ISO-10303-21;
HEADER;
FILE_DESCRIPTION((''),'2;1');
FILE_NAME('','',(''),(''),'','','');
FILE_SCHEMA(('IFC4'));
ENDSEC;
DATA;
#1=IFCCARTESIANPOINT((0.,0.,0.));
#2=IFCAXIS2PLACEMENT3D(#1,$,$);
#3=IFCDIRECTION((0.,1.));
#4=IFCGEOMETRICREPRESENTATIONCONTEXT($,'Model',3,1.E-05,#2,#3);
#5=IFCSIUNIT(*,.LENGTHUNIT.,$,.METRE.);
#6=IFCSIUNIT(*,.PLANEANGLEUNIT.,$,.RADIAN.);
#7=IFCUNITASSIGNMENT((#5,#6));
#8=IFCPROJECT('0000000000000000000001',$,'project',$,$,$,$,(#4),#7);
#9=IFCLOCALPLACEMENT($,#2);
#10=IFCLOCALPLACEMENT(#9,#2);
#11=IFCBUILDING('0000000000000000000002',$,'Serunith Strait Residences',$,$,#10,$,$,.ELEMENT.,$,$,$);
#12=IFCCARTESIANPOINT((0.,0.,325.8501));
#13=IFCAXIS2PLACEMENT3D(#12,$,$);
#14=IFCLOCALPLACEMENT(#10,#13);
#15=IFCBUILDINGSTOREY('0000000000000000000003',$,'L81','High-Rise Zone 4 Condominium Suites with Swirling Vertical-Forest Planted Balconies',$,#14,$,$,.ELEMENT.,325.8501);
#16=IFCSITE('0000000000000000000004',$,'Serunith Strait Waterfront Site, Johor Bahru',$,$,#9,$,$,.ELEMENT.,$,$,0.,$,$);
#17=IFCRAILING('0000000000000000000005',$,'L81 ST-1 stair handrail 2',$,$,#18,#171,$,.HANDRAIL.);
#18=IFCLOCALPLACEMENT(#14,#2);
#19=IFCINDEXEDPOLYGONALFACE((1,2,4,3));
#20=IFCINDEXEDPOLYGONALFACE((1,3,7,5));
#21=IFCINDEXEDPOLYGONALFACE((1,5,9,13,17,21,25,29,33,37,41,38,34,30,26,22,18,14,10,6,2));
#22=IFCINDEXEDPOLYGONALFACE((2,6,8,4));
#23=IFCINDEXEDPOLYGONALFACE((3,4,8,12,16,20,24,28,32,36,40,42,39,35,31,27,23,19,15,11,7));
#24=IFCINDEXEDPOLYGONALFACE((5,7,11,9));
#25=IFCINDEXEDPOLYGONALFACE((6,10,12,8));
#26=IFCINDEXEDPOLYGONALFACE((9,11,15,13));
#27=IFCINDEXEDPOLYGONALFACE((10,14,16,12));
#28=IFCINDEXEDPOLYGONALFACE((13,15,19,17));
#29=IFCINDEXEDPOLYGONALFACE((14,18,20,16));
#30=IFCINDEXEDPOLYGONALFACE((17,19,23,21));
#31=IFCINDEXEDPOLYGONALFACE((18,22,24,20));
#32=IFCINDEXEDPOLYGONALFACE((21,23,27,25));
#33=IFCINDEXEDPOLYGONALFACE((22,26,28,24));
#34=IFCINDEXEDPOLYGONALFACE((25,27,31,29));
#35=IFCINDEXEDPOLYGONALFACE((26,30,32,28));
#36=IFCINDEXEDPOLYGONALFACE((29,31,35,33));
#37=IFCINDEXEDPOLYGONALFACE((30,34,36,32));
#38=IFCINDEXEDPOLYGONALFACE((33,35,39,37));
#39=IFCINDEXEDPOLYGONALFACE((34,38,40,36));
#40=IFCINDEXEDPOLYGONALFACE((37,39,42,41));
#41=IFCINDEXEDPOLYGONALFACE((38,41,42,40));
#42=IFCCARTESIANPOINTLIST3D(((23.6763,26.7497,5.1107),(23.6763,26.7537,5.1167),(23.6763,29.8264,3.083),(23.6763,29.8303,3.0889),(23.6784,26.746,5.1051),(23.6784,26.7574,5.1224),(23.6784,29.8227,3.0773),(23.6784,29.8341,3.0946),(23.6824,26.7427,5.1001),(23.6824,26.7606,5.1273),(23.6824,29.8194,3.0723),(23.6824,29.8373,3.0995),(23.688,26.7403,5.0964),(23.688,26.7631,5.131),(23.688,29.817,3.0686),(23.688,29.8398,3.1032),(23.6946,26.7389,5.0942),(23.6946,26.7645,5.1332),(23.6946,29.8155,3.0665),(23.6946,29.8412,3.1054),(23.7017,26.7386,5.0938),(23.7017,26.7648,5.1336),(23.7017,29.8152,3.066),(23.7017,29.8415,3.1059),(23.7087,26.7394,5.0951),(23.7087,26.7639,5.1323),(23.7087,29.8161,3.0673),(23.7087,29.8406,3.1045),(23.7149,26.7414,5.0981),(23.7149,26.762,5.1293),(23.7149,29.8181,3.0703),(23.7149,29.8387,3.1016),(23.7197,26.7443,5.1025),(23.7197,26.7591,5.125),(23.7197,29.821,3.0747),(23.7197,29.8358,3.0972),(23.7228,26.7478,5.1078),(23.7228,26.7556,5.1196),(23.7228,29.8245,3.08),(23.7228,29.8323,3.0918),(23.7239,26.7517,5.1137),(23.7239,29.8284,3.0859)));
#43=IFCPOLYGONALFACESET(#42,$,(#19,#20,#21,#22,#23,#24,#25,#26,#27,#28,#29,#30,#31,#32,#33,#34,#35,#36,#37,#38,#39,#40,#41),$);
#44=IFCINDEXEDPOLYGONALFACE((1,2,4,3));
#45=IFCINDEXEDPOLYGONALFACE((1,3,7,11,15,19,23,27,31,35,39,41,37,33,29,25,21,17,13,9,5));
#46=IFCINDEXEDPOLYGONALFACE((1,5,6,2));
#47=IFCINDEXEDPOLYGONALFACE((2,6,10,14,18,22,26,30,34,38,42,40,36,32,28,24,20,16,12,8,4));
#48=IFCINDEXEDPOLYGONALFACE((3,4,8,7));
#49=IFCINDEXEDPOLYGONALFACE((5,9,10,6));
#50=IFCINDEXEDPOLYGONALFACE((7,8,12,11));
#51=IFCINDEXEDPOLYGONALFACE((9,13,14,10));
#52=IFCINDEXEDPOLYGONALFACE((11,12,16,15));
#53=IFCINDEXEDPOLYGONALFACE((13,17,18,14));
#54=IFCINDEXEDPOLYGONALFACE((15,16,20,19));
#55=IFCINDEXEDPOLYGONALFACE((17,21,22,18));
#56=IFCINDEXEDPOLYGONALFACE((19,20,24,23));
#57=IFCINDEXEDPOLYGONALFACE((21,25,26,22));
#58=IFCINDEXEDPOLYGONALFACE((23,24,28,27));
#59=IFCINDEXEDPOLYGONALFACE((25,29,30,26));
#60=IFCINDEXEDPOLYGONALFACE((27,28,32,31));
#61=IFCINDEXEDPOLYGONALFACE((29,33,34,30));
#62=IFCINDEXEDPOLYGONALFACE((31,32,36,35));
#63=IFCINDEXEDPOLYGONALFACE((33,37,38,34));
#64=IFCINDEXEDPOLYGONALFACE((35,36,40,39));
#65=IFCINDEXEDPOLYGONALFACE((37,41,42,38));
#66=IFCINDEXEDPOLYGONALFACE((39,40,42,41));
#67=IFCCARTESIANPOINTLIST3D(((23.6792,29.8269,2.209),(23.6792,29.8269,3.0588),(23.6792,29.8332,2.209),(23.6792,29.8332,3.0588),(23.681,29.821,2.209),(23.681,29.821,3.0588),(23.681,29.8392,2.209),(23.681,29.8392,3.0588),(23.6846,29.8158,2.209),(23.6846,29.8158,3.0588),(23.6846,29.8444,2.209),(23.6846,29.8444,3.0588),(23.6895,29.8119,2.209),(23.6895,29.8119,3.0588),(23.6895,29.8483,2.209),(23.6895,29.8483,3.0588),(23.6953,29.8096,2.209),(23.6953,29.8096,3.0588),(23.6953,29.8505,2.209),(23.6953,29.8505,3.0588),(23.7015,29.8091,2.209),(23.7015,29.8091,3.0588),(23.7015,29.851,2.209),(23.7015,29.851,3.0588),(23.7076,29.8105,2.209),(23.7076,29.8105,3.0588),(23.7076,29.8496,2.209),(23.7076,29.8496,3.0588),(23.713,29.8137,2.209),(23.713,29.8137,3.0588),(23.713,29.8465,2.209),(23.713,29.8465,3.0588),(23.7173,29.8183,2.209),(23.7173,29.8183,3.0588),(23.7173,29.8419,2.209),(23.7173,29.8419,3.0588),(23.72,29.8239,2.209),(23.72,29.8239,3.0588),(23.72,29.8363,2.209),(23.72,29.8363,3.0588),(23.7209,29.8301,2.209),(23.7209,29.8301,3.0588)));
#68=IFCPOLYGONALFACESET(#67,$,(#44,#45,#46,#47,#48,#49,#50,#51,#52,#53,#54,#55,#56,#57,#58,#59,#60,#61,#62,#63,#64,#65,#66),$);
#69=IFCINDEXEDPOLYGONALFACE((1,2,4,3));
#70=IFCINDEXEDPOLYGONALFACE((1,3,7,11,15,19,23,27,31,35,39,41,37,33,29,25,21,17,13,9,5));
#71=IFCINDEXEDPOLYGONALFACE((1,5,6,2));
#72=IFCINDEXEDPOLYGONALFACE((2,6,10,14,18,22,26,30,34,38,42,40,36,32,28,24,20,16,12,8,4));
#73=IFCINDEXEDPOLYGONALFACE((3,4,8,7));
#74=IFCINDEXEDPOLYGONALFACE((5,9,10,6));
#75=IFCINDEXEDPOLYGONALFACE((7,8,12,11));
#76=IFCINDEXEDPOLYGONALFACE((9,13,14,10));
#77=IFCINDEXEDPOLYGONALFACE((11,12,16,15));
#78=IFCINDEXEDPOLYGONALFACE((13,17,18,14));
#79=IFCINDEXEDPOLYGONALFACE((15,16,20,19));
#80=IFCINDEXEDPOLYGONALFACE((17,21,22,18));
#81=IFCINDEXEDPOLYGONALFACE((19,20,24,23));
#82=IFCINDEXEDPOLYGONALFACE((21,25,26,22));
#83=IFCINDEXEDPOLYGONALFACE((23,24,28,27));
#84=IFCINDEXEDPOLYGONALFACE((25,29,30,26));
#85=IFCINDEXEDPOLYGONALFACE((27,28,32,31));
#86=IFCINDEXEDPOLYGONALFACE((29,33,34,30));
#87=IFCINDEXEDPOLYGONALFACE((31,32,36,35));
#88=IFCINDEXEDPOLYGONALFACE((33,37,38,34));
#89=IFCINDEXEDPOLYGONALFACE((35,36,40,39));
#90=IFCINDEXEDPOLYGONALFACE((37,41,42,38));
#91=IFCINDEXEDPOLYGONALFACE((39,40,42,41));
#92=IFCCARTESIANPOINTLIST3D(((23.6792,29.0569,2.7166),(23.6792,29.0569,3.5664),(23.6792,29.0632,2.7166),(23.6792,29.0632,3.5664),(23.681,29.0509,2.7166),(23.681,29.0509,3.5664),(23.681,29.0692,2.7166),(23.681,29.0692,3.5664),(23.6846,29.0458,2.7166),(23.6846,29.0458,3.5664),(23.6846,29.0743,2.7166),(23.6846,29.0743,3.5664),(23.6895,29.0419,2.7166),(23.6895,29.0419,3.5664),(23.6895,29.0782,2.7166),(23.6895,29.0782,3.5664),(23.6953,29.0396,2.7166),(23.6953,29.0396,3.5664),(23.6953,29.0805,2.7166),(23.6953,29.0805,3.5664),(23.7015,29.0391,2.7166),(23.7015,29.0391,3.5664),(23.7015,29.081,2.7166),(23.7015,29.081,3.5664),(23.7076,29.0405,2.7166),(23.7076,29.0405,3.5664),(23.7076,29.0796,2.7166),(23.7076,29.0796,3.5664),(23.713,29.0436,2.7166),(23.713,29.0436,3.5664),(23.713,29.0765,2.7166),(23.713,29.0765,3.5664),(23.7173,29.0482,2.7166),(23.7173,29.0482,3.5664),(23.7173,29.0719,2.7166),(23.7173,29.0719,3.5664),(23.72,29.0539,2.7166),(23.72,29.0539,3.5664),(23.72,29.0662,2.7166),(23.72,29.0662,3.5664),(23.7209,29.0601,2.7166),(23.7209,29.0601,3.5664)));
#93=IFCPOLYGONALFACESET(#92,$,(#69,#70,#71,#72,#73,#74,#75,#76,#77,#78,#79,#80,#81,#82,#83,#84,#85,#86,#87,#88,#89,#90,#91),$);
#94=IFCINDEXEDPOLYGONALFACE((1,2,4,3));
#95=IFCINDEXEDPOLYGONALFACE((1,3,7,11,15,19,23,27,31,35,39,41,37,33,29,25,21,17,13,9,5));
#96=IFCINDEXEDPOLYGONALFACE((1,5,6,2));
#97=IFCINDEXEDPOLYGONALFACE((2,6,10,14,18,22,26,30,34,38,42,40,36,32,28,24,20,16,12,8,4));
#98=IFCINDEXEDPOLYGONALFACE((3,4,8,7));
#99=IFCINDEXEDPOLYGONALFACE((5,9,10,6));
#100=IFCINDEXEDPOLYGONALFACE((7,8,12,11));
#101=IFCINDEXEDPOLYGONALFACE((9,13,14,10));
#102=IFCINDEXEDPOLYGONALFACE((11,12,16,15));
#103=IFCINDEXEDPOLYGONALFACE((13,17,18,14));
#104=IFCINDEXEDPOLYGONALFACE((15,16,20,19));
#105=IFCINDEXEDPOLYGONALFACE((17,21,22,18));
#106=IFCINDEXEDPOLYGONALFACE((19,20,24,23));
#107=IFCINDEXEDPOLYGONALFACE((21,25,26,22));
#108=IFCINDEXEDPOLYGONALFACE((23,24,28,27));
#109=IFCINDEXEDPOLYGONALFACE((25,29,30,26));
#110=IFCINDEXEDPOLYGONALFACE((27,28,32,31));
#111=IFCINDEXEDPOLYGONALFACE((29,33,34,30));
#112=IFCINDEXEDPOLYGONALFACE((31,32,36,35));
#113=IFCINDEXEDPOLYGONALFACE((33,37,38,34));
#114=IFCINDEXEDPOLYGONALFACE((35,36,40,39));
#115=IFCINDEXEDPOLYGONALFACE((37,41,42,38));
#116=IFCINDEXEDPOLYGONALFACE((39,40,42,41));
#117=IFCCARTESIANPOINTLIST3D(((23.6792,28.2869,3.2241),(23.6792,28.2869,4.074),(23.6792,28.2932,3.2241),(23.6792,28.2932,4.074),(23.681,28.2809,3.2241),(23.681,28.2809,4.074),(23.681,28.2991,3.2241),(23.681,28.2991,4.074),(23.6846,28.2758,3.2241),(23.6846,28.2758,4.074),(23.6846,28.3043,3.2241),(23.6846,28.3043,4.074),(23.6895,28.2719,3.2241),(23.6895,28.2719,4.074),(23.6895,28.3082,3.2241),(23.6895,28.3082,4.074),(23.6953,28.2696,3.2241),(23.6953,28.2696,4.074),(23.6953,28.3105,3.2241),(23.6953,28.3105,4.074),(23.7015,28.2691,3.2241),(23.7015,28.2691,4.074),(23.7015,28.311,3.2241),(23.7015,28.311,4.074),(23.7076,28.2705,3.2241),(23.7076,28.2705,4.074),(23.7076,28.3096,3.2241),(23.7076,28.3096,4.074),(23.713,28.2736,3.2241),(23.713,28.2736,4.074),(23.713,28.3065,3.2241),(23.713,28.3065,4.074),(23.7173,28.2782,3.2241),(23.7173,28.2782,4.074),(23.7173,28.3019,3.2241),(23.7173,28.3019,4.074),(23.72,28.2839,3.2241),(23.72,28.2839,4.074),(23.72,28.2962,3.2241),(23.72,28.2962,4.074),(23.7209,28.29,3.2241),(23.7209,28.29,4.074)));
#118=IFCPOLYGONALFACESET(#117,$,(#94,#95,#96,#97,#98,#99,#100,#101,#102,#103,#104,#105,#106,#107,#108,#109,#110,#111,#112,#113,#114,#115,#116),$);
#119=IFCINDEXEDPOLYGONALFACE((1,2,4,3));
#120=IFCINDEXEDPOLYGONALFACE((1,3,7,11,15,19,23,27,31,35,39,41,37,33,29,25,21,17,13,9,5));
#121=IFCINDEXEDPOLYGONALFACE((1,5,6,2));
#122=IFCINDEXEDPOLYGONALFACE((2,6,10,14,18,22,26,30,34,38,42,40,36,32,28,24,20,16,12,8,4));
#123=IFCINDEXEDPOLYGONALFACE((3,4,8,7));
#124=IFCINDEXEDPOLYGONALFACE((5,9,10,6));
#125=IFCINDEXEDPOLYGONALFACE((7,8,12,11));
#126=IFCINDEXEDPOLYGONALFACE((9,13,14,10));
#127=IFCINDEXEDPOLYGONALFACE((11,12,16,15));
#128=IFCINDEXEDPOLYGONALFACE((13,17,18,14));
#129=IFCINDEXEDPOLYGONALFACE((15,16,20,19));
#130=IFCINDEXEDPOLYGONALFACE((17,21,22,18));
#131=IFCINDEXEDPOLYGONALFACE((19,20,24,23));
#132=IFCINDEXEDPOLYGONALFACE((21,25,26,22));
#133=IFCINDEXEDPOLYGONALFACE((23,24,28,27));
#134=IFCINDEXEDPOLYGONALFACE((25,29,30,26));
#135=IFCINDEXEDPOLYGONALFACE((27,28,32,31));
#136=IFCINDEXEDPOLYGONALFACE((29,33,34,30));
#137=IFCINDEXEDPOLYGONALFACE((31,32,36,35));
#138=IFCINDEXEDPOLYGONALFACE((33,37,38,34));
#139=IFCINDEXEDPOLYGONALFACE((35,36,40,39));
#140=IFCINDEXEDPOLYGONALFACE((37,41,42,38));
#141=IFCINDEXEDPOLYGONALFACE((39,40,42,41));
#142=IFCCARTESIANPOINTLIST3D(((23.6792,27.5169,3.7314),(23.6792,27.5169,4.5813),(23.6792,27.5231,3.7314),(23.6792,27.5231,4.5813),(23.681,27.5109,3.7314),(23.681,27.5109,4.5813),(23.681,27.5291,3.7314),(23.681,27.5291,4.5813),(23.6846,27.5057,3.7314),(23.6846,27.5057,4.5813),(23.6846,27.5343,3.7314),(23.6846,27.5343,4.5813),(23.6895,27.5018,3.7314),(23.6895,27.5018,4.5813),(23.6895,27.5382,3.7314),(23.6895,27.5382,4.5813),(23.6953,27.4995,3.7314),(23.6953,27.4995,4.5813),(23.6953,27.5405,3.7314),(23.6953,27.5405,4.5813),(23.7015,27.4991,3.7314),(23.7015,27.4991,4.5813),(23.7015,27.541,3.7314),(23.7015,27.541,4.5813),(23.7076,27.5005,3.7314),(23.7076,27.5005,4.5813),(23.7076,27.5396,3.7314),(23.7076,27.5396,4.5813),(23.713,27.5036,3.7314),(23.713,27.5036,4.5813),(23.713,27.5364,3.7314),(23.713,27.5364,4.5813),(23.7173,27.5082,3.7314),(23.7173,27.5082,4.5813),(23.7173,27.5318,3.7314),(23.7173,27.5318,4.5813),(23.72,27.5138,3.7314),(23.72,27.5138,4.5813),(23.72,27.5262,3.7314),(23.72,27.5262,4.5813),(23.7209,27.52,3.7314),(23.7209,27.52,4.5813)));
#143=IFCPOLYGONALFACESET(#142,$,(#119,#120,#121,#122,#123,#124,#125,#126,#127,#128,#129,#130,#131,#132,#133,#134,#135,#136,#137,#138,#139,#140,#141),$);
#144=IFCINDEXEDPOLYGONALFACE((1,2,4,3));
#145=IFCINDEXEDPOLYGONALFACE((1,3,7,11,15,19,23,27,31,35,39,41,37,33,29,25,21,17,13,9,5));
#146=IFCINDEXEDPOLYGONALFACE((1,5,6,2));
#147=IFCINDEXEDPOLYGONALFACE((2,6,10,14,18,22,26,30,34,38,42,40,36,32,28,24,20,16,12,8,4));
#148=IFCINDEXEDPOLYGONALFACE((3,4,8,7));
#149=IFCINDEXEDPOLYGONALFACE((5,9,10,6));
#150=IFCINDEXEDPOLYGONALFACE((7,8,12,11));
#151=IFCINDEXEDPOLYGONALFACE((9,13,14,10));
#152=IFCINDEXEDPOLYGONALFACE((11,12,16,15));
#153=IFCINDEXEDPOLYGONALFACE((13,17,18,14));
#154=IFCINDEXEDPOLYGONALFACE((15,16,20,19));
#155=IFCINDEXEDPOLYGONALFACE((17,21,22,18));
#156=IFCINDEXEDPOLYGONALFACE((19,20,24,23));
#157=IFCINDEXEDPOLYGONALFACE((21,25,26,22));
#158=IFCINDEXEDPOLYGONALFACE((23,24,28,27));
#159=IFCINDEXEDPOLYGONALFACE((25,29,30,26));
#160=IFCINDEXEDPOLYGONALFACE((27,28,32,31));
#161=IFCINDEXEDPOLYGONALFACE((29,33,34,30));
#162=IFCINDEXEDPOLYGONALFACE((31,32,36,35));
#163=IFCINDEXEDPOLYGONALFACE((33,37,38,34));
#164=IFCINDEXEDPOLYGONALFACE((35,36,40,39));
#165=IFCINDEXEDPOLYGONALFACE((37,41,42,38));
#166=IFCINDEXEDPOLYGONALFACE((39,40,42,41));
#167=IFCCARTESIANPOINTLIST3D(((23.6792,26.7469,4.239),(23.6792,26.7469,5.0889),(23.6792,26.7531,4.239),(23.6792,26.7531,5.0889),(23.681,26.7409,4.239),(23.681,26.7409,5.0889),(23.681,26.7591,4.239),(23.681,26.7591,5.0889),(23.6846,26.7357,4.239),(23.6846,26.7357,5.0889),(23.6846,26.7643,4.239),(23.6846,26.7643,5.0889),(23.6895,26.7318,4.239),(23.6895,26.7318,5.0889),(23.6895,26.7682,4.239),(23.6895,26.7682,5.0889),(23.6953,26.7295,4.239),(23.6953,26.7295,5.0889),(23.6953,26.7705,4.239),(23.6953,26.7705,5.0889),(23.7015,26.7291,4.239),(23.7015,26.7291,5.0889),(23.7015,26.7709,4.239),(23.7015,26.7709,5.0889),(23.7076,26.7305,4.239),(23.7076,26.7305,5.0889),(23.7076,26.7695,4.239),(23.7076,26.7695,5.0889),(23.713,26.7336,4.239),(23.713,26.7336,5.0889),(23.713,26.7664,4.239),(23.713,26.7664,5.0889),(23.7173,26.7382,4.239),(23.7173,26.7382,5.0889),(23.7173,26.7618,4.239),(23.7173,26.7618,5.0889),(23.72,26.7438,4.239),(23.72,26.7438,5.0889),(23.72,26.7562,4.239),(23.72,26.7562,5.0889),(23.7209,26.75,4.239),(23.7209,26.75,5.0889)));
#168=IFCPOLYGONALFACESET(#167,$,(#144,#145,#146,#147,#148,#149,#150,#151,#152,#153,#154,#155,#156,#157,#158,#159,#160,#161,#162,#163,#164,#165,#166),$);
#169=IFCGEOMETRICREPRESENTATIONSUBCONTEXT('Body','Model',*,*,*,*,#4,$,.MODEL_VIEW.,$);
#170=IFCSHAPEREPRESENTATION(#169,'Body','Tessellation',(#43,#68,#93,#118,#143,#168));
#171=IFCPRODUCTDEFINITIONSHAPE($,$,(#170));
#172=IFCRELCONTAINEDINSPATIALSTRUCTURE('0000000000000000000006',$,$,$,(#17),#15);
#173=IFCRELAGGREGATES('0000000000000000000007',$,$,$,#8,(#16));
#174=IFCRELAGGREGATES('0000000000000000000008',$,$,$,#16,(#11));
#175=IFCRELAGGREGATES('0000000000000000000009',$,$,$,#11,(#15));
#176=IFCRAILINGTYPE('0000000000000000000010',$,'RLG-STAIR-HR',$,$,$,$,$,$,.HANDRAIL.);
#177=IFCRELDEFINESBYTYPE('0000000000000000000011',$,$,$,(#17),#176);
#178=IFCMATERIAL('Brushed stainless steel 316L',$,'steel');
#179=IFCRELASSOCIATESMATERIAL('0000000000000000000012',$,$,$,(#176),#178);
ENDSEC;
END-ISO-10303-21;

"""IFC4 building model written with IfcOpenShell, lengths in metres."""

from ifc_helpers import new_model, si_unit, direction, frame, origin, origin_2d, place, context, subcontext, project, spatial, circle, extrude, material, type_object, element, save


model = new_model("IFC4")

# Units and contexts
model_context = context("Model", 3, precision=1e-05, world=origin(), true_north=direction((0.0, 1.0)))
body_context = subcontext(model_context, "Body", "Model", "MODEL_VIEW")
ifc_project = project(units=[si_unit("LENGTHUNIT", "METRE"), si_unit("PLANEANGLEUNIT", "RADIAN")], contexts=[model_context])

# Site, building, storey
site_placement = place(None, origin())
site = spatial("IfcSite", under=ifc_project, at=site_placement, Name="Serunith Strait Waterfront Site, Johor Bahru", CompositionType="ELEMENT", RefElevation=0.0)
building_placement = place(site_placement, origin())
building = spatial("IfcBuilding", under=site, at=building_placement, Name="Serunith Strait Residences", CompositionType="ELEMENT")
storey_placement = place(building_placement, frame((0.0, 0.0, 325.8501)))
storey = spatial("IfcBuildingStorey", under=building, at=storey_placement, Name="L81", Description="High-Rise Zone 4 Condominium Suites with Swirling Vertical-Forest Planted Balconies", CompositionType="ELEMENT", Elevation=325.8501)

# Railing
ifc_material_1 = material(Name="Brushed stainless steel 316L", Category="steel")
railing_type_1 = type_object("IfcRailingType", Name="RLG-STAIR-HR", PredefinedType="HANDRAIL", material=ifc_material_1)
railing_1_placement = place(storey_placement, frame((23.7, 29.8301, 2.209)))
element("IfcRailing", 1, at=railing_1_placement, inside=storey, type_object=railing_type_1, Name="L81 ST-1 stair handrail 2", PredefinedType="HANDRAIL", context=body_context, shape_type="SweptSolid", body=[
    extrude(circle(Radius=0.0239, at=origin_2d()), frame((0.0, -0.0017, 0.877), z_axis=(0.0, -0.834961, 0.550309), x_axis=(1.0, 0.0, 0.0)), (0.0, 0.0, 1.0), 3.6848),
    extrude(circle(Radius=0.021, at=origin_2d()), origin(), (0.0, 0.0, 1.0), 0.8499),
    extrude(circle(Radius=0.021, at=origin_2d()), frame((0.0, -0.77, 0.5076)), (0.0, 0.0, 1.0), 0.8499),
    extrude(circle(Radius=0.021, at=origin_2d()), frame((0.0, -1.54, 1.0151)), (0.0, 0.0, 1.0), 0.8499),
    extrude(circle(Radius=0.021, at=origin_2d()), frame((0.0, -2.3101, 1.5225)), (0.0, 0.0, 1.0), 0.8499),
    extrude(circle(Radius=0.021, at=origin_2d()), frame((0.0, -3.0801, 2.03)), (0.0, 0.0, 1.0), 0.8499),
])

save(model, "model.ifc")
